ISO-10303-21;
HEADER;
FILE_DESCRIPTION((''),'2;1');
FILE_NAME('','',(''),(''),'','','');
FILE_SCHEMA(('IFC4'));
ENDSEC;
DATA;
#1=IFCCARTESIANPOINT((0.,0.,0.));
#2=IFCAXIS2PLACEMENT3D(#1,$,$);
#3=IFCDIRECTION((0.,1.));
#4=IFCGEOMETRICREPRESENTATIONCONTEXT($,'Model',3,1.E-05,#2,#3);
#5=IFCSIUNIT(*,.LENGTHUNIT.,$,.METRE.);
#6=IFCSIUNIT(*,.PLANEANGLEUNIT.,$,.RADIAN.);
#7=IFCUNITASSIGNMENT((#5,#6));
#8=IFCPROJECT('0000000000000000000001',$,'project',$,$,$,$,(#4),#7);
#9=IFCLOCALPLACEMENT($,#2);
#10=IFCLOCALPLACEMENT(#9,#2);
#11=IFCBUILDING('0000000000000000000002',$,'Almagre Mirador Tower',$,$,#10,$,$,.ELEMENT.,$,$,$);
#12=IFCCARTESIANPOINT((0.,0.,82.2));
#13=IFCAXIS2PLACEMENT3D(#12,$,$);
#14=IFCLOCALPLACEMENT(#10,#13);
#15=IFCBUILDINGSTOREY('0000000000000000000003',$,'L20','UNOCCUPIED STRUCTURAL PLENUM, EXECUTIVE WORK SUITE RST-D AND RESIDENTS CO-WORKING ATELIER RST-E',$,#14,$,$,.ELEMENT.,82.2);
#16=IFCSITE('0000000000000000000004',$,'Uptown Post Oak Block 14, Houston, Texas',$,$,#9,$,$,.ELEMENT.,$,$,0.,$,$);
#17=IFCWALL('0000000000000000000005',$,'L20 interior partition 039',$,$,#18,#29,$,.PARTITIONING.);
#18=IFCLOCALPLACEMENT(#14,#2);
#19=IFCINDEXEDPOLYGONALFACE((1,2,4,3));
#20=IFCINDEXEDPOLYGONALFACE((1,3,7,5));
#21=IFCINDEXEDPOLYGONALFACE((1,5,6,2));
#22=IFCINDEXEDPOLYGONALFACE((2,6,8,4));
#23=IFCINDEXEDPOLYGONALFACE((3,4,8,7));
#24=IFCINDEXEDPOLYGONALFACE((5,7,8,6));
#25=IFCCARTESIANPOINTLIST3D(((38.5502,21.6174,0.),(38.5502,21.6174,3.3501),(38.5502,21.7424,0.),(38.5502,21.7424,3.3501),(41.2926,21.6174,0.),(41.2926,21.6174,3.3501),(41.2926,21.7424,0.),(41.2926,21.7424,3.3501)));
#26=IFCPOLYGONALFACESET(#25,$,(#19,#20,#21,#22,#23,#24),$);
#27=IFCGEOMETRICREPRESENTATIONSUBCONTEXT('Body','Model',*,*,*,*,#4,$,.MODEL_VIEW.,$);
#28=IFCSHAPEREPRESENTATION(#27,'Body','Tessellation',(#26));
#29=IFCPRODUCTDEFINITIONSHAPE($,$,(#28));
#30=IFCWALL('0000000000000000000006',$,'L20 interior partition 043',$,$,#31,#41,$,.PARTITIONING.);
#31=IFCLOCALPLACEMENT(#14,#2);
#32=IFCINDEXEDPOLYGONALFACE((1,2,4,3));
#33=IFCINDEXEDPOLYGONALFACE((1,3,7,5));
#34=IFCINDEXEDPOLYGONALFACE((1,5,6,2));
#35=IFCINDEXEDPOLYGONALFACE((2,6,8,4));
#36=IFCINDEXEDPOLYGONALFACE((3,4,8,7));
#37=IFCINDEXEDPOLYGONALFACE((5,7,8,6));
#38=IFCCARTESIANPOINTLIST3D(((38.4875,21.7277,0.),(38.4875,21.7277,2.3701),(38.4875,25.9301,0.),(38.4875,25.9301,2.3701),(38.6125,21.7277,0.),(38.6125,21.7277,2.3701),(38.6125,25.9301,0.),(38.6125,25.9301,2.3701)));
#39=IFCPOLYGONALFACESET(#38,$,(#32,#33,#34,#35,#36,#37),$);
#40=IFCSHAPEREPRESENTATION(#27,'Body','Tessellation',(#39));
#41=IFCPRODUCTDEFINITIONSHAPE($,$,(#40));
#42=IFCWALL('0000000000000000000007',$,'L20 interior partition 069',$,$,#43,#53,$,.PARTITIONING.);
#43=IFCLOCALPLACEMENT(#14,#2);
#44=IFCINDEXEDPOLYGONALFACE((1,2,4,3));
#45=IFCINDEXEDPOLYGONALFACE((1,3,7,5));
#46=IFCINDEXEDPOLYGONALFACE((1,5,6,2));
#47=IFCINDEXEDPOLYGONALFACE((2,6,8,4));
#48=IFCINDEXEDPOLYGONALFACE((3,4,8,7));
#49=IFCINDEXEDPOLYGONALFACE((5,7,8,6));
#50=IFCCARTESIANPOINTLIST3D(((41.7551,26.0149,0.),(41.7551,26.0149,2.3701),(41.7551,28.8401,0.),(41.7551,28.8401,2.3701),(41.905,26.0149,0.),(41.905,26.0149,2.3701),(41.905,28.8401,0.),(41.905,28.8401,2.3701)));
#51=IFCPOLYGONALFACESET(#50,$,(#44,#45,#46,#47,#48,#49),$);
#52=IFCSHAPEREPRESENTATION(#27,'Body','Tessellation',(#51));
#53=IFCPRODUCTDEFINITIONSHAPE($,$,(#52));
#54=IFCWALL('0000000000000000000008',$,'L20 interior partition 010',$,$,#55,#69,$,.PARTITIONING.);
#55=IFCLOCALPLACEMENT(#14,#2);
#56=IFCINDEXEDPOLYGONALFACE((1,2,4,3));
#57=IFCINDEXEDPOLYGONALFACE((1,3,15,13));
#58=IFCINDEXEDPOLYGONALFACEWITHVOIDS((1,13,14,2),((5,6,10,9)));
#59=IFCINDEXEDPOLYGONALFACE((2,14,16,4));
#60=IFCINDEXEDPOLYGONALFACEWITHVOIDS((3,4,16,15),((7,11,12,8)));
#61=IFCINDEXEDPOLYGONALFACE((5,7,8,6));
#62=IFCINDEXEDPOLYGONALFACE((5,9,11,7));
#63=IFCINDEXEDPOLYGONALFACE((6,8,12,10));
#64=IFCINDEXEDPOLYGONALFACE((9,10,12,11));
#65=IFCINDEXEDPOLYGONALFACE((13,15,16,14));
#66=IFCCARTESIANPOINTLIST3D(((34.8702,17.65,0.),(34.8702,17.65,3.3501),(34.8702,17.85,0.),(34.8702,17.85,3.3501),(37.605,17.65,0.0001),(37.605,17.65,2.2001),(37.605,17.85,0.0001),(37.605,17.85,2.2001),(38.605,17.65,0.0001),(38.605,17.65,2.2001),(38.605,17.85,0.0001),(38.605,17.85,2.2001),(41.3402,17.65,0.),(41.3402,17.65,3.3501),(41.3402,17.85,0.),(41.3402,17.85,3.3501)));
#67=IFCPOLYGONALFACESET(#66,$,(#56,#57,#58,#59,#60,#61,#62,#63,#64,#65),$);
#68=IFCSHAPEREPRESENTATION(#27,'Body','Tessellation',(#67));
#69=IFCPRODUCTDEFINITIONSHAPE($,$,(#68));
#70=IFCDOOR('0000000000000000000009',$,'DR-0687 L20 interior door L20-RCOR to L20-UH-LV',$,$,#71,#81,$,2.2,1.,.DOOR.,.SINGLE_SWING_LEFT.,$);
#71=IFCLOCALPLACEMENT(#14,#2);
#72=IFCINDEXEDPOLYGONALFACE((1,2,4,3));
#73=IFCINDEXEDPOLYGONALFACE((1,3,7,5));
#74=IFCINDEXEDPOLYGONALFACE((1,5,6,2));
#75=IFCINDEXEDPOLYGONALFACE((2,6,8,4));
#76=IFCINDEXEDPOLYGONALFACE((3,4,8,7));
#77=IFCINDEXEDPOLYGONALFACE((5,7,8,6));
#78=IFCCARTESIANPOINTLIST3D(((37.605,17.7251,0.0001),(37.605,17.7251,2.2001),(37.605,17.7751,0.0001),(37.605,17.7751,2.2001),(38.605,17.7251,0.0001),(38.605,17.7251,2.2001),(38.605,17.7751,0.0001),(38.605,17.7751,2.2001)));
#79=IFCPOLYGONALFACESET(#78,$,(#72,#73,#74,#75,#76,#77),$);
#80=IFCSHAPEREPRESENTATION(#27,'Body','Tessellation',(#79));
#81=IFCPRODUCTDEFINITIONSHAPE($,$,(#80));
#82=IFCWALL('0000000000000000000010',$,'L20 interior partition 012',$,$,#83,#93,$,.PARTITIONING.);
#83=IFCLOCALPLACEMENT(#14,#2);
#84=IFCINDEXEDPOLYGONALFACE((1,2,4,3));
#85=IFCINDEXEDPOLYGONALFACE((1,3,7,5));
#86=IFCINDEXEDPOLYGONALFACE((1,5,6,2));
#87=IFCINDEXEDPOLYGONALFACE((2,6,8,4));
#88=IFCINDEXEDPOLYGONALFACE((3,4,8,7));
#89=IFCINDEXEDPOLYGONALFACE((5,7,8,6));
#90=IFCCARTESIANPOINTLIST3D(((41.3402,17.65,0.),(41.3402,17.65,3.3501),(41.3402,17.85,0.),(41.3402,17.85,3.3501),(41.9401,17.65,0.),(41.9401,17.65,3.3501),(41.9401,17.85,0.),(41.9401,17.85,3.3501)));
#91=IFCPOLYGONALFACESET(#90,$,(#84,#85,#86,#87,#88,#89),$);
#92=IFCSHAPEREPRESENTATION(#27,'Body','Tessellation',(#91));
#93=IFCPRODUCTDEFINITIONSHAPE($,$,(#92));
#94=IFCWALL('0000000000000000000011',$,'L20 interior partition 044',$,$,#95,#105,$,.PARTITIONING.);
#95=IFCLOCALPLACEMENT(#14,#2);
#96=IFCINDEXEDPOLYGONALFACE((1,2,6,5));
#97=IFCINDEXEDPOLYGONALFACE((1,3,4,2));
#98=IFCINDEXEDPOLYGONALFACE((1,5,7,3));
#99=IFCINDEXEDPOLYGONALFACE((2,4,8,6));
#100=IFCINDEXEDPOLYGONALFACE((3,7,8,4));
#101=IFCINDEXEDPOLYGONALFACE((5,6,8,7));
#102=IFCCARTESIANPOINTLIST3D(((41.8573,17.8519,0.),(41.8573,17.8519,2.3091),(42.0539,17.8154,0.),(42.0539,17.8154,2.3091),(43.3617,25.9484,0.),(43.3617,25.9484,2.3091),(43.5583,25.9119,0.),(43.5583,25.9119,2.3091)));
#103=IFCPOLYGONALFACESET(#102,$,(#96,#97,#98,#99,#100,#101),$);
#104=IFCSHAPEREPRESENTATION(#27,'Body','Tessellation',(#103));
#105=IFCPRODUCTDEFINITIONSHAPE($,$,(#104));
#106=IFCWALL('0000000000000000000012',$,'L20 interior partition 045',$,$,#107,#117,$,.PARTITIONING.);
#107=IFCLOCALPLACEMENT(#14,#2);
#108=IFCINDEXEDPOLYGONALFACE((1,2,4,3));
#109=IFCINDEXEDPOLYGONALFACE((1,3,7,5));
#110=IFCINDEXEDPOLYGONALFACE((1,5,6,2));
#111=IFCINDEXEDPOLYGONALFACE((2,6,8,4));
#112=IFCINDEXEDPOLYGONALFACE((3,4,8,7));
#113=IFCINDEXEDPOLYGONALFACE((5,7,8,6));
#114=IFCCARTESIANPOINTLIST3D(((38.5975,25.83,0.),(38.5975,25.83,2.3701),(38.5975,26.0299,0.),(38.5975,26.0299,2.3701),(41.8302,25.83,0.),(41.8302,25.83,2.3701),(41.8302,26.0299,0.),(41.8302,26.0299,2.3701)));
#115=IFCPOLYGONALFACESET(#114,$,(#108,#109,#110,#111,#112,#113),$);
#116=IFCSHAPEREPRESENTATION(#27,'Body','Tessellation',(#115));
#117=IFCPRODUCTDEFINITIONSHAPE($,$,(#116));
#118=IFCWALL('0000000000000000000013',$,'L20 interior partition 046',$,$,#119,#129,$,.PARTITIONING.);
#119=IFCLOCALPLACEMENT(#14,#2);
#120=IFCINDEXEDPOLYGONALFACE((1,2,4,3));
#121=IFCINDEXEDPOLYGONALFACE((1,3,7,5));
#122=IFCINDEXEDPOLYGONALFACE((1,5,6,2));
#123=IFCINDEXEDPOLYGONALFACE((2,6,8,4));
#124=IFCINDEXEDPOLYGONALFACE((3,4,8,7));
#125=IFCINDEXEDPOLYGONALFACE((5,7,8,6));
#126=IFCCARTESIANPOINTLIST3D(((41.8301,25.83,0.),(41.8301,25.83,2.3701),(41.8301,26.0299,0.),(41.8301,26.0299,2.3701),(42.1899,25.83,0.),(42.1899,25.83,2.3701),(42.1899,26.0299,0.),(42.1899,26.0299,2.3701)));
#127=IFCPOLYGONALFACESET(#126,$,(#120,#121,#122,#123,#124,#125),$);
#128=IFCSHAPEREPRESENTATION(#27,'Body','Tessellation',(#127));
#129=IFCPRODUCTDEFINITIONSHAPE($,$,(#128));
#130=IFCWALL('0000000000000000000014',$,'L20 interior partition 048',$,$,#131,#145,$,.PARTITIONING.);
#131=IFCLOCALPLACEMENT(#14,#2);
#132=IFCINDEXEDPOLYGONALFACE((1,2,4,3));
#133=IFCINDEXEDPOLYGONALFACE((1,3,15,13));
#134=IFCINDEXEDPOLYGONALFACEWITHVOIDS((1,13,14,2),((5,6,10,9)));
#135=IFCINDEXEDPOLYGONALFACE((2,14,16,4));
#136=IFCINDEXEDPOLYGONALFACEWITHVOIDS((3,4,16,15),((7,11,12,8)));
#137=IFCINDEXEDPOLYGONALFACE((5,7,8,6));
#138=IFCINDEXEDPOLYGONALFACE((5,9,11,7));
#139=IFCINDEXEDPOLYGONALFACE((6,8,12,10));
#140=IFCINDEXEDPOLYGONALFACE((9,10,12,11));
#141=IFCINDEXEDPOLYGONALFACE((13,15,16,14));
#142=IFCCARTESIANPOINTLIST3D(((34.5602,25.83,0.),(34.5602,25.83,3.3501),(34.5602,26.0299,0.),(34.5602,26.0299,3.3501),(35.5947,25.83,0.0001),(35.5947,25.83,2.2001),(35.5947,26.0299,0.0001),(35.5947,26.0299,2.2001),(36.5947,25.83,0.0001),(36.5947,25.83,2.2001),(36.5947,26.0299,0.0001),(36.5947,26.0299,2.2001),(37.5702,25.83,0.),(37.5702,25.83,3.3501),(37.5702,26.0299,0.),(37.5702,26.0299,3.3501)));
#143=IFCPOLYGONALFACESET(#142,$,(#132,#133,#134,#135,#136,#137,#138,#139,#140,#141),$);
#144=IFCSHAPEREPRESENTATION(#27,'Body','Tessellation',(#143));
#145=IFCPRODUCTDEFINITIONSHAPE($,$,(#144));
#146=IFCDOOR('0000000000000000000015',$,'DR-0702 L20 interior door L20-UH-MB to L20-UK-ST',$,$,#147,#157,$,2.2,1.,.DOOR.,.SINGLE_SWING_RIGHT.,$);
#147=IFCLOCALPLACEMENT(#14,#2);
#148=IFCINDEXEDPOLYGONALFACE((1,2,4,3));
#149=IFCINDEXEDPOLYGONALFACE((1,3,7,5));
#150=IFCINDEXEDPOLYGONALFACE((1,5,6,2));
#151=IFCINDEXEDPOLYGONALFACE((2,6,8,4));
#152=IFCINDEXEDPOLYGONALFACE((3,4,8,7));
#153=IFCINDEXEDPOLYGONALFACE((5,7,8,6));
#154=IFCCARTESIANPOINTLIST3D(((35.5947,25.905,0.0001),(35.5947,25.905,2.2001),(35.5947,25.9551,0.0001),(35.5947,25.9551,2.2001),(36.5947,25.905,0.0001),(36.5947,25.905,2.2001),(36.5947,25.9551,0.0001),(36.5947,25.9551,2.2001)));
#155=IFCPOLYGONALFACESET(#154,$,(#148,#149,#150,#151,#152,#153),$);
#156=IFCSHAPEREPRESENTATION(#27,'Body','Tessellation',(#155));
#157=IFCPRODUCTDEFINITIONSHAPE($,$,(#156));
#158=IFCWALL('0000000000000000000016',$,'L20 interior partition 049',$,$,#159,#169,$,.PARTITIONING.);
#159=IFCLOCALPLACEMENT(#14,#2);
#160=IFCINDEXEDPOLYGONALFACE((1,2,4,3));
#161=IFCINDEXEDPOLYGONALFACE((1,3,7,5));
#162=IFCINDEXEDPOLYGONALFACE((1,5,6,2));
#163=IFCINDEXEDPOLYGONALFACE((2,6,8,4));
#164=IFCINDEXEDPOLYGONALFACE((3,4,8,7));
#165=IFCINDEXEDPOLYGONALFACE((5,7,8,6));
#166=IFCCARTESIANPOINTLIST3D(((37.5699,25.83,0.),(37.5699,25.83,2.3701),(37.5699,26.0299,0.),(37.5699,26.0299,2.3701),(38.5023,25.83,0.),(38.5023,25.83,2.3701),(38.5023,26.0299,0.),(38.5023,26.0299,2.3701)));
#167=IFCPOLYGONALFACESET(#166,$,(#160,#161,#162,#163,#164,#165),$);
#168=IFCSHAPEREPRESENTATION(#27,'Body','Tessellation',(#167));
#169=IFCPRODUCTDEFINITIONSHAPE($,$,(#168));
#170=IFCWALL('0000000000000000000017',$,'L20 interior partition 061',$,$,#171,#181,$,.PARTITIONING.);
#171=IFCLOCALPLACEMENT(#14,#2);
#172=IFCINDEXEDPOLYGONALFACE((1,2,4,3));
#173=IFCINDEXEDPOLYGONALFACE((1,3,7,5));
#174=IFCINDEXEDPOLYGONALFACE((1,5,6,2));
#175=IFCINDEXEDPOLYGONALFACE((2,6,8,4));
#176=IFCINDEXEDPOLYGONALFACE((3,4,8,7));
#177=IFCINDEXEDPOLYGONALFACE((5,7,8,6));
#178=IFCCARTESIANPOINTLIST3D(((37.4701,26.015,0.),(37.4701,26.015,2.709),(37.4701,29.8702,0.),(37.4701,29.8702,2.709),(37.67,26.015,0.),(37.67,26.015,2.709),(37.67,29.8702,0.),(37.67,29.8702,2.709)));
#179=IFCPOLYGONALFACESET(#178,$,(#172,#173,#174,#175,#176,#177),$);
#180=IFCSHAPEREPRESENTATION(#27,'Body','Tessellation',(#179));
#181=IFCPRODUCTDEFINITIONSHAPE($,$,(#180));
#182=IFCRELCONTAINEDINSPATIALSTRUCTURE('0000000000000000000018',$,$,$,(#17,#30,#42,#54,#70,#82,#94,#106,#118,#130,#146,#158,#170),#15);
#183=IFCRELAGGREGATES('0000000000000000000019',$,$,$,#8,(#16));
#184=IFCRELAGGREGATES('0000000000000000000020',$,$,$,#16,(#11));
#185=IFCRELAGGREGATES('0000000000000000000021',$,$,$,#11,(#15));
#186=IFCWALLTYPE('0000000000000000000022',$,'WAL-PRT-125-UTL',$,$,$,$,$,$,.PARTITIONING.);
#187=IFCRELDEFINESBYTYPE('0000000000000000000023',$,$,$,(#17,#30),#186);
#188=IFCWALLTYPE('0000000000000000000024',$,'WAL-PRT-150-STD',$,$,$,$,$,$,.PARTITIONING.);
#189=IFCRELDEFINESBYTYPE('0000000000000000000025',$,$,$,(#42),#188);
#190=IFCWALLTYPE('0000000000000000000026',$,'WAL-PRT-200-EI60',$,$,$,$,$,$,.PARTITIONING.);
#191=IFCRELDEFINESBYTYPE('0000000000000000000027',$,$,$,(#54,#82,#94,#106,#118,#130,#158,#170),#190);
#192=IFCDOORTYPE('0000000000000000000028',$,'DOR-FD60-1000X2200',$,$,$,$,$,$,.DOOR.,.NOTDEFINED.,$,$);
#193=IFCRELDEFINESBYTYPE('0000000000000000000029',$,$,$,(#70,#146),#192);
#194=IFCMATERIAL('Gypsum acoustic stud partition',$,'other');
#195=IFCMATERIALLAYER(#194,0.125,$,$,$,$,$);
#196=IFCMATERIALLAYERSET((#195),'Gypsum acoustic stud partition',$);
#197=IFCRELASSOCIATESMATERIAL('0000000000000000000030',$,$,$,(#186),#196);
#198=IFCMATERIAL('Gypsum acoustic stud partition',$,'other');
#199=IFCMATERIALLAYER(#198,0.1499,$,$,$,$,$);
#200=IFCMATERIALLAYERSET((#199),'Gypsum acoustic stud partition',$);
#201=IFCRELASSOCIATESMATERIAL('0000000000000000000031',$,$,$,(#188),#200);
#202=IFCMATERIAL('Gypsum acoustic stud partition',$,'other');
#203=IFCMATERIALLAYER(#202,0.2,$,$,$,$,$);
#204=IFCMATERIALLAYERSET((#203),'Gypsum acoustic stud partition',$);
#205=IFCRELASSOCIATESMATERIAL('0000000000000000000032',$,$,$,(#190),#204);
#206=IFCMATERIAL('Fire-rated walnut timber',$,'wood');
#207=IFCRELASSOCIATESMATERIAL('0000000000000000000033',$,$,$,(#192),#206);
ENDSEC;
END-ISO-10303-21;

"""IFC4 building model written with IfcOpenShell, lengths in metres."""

from ifc_helpers import new_model, si_unit, direction, frame, frame_2d, origin, place, context, subcontext, project, spatial, rectangle, extrude, material, layer, layer_set, type_object, element, fill, save


model = new_model("IFC4")

# Units and contexts
model_context = context("Model", 3, precision=1e-05, world=origin(), true_north=direction((0.0, 1.0)))
body_context = subcontext(model_context, "Body", "Model", "MODEL_VIEW")
ifc_project = project(units=[si_unit("LENGTHUNIT", "METRE"), si_unit("PLANEANGLEUNIT", "RADIAN")], contexts=[model_context])

# Site, building, storey
site_placement = place(None, origin())
site = spatial("IfcSite", under=ifc_project, at=site_placement, Name="Uptown Post Oak Block 14, Houston, Texas", CompositionType="ELEMENT", RefElevation=0.0)
building_placement = place(site_placement, origin())
building = spatial("IfcBuilding", under=site, at=building_placement, Name="Almagre Mirador Tower", CompositionType="ELEMENT")
storey_placement = place(building_placement, frame((0.0, 0.0, 82.2)))
storey = spatial("IfcBuildingStorey", under=building, at=storey_placement, Name="L20", Description="UNOCCUPIED STRUCTURAL PLENUM, EXECUTIVE WORK SUITE RST-D AND RESIDENTS CO-WORKING ATELIER RST-E", CompositionType="ELEMENT", Elevation=82.2)

# Shared definitions
ifc_material_1 = material(Name="Gypsum acoustic stud partition", Category="other")
ifc_layer_1 = layer(ifc_material_1, 0.125)
ifc_layer_set_1 = layer_set([ifc_layer_1], Name="Gypsum acoustic stud partition")
wall_type_1 = type_object("IfcWallType", Name="WAL-PRT-125-UTL", PredefinedType="PARTITIONING", material=ifc_layer_set_1)

# Walls
wall_1_placement = place(storey_placement, frame((41.2925, 21.6799, 0.0), z_axis=(0.0, 0.0, 1.0), x_axis=(-1.0, 0.0, 0.0)))
element("IfcWall", 1, at=wall_1_placement, inside=storey, type_object=wall_type_1, Name="L20 interior partition 039", PredefinedType="PARTITIONING", context=body_context, shape_type="SweptSolid", body=[
    extrude(rectangle(XDim=2.7424, YDim=0.125, at=frame_2d((1.3711, 0.0))), origin(), (0.0, 0.0, 1.0), 3.3501),
])
wall_2_placement = place(storey_placement, frame((38.55, 25.9299, 0.0), z_axis=(0.0, 0.0, 1.0), x_axis=(0.0, -1.0, 0.0)))
element("IfcWall", 2, at=wall_2_placement, inside=storey, type_object=wall_type_1, Name="L20 interior partition 043", PredefinedType="PARTITIONING", context=body_context, shape_type="SweptSolid", body=[
    extrude(rectangle(XDim=4.2024, YDim=0.125, at=frame_2d((2.1011, 0.0))), origin(), (0.0, 0.0, 1.0), 2.3701),
])

# Shared definitions
ifc_material_2 = material(Name="Gypsum acoustic stud partition", Category="other")
ifc_layer_2 = layer(ifc_material_2, 0.1499)
ifc_layer_set_2 = layer_set([ifc_layer_2], Name="Gypsum acoustic stud partition")
wall_type_2 = type_object("IfcWallType", Name="WAL-PRT-150-STD", PredefinedType="PARTITIONING", material=ifc_layer_set_2)

# Wall
wall_3_placement = place(storey_placement, frame((41.8301, 26.0149, 0.0), z_axis=(0.0, 0.0, 1.0), x_axis=(0.0, 1.0, 0.0)))
element("IfcWall", 3, at=wall_3_placement, inside=storey, type_object=wall_type_2, Name="L20 interior partition 069", PredefinedType="PARTITIONING", context=body_context, shape_type="SweptSolid", body=[
    extrude(rectangle(XDim=2.8252, YDim=0.1499, at=frame_2d((1.4126, 0.0))), origin(), (0.0, 0.0, 1.0), 2.3701),
])

# Wall, opening, door
ifc_material_3 = material(Name="Gypsum acoustic stud partition", Category="other")
ifc_layer_3 = layer(ifc_material_3, 0.2)
ifc_layer_set_3 = layer_set([ifc_layer_3], Name="Gypsum acoustic stud partition")
wall_type_3 = type_object("IfcWallType", Name="WAL-PRT-200-EI60", PredefinedType="PARTITIONING", material=ifc_layer_set_3)
wall_4_placement = place(storey_placement, frame((41.3401, 17.75, 0.0), z_axis=(0.0, 0.0, 1.0), x_axis=(-1.0, 0.0, 0.0)))
wall_4 = element("IfcWall", 4, at=wall_4_placement, inside=storey, type_object=wall_type_3, Name="L20 interior partition 010", PredefinedType="PARTITIONING", context=body_context, shape_type="SweptSolid", body=[
    extrude(rectangle(XDim=6.47, YDim=0.2, at=frame_2d((3.2349, 0.0))), origin(), (0.0, 0.0, 1.0), 3.3501),
])
opening_1_placement = place(wall_4_placement, frame((2.7351, 0.0, 0.0)))
opening_1 = element("IfcOpeningElement", 5, at=opening_1_placement, cuts=wall_4, PredefinedType="OPENING", context=body_context, shape_type="SweptSolid", body=[
    extrude(rectangle(XDim=1.0, YDim=2.2, at=frame_2d((0.5, 1.1001))), frame((0.0, 0.1101, 0.0), z_axis=(0.0, -1.0, 0.0), x_axis=(1.0, 0.0, 0.0)), (0.0, 0.0, 1.0), 0.22),
])
ifc_material_4 = material(Name="Fire-rated walnut timber", Category="wood")
door_type_1 = type_object("IfcDoorType", Name="DOR-FD60-1000X2200", OperationType="NOTDEFINED", PredefinedType="DOOR", material=ifc_material_4)
door_1_placement = place(opening_1_placement, origin())
door_1 = element("IfcDoor", 6, at=door_1_placement, inside=storey, type_object=door_type_1, Name="DR-0687 L20 interior door L20-RCOR to L20-UH-LV", OperationType="SINGLE_SWING_LEFT", OverallHeight=2.2, OverallWidth=1.0, PredefinedType="DOOR", context=body_context, shape_type="SweptSolid", body=[
    extrude(rectangle(XDim=1.0, YDim=2.2, at=frame_2d((0.5, 1.1001))), frame((0.0, 0.0249, 0.0), z_axis=(0.0, -1.0, 0.0), x_axis=(1.0, 0.0, 0.0)), (0.0, 0.0, 1.0), 0.05),
])
fill(opening_1, door_1)

# Walls
wall_5_placement = place(storey_placement, frame((41.9399, 17.75, 0.0), z_axis=(0.0, 0.0, 1.0), x_axis=(-1.0, 0.0, 0.0)))
element("IfcWall", 7, at=wall_5_placement, inside=storey, type_object=wall_type_3, Name="L20 interior partition 012", PredefinedType="PARTITIONING", context=body_context, shape_type="SweptSolid", body=[
    extrude(rectangle(XDim=0.5999, YDim=0.2, at=frame_2d((0.2998, 0.0))), origin(), (0.0, 0.0, 1.0), 3.3501),
])
wall_6_placement = place(storey_placement, frame((41.9556, 17.8335, 0.0), z_axis=(0.0, 0.0, 1.0), x_axis=(0.182683, 0.983172, 0.0)))
element("IfcWall", 8, at=wall_6_placement, inside=storey, type_object=wall_type_3, Name="L20 interior partition 044", PredefinedType="PARTITIONING", context=body_context, shape_type="SweptSolid", body=[
    extrude(rectangle(XDim=8.2351, YDim=0.2, at=frame_2d((4.1177, 0.0))), origin(), (0.0, 0.0, 1.0), 2.3091),
])
wall_7_placement = place(storey_placement, frame((41.8301, 25.9299, 0.0), z_axis=(0.0, 0.0, 1.0), x_axis=(-1.0, 0.0, 0.0)))
element("IfcWall", 9, at=wall_7_placement, inside=storey, type_object=wall_type_3, Name="L20 interior partition 045", PredefinedType="PARTITIONING", context=body_context, shape_type="SweptSolid", body=[
    extrude(rectangle(XDim=3.2327, YDim=0.2, at=frame_2d((1.6162, 0.0))), origin(), (0.0, 0.0, 1.0), 2.3701),
])
wall_8_placement = place(storey_placement, frame((42.1899, 25.9299, 0.0), z_axis=(0.0, 0.0, 1.0), x_axis=(-1.0, 0.0, 0.0)))
element("IfcWall", 10, at=wall_8_placement, inside=storey, type_object=wall_type_3, Name="L20 interior partition 046", PredefinedType="PARTITIONING", context=body_context, shape_type="SweptSolid", body=[
    extrude(rectangle(XDim=0.3599, YDim=0.2, at=frame_2d((0.1799, 0.0))), origin(), (0.0, 0.0, 1.0), 2.3701),
])

# Wall, opening, door
wall_9_placement = place(storey_placement, frame((37.5701, 25.9299, 0.0), z_axis=(0.0, 0.0, 1.0), x_axis=(-1.0, 0.0, 0.0)))
wall_9 = element("IfcWall", 11, at=wall_9_placement, inside=storey, type_object=wall_type_3, Name="L20 interior partition 048", PredefinedType="PARTITIONING", context=body_context, shape_type="SweptSolid", body=[
    extrude(rectangle(XDim=3.01, YDim=0.2, at=frame_2d((1.5049, 0.0))), origin(), (0.0, 0.0, 1.0), 3.3501),
])
opening_2_placement = place(wall_9_placement, frame((0.9753, 0.0, 0.0)))
opening_2 = element("IfcOpeningElement", 12, at=opening_2_placement, cuts=wall_9, PredefinedType="OPENING", context=body_context, shape_type="SweptSolid", body=[
    extrude(rectangle(XDim=1.0, YDim=2.2, at=frame_2d((0.5, 1.1001))), frame((0.0, 0.1101, 0.0), z_axis=(0.0, -1.0, 0.0), x_axis=(1.0, 0.0, 0.0)), (0.0, 0.0, 1.0), 0.22),
])
door_2_placement = place(opening_2_placement, origin())
door_2 = element("IfcDoor", 13, at=door_2_placement, inside=storey, type_object=door_type_1, Name="DR-0702 L20 interior door L20-UH-MB to L20-UK-ST", OperationType="SINGLE_SWING_RIGHT", OverallHeight=2.2, OverallWidth=1.0, PredefinedType="DOOR", context=body_context, shape_type="SweptSolid", body=[
    extrude(rectangle(XDim=1.0, YDim=2.2, at=frame_2d((0.5, 1.1001))), frame((0.0, 0.0249, 0.0), z_axis=(0.0, -1.0, 0.0), x_axis=(1.0, 0.0, 0.0)), (0.0, 0.0, 1.0), 0.05),
])
fill(opening_2, door_2)

# Walls
wall_10_placement = place(storey_placement, frame((38.5024, 25.9299, 0.0), z_axis=(0.0, 0.0, 1.0), x_axis=(-1.0, 0.0, 0.0)))
element("IfcWall", 14, at=wall_10_placement, inside=storey, type_object=wall_type_3, Name="L20 interior partition 049", PredefinedType="PARTITIONING", context=body_context, shape_type="SweptSolid", body=[
    extrude(rectangle(XDim=0.9324, YDim=0.2, at=frame_2d((0.4663, 0.0))), origin(), (0.0, 0.0, 1.0), 2.3701),
])
wall_11_placement = place(storey_placement, frame((37.5701, 26.0149, 0.0), z_axis=(0.0, 0.0, 1.0), x_axis=(0.0, 1.0, 0.0)))
element("IfcWall", 15, at=wall_11_placement, inside=storey, type_object=wall_type_3, Name="L20 interior partition 061", PredefinedType="PARTITIONING", context=body_context, shape_type="SweptSolid", body=[
    extrude(rectangle(XDim=3.8552, YDim=0.2, at=frame_2d((1.9277, 0.0))), origin(), (0.0, 0.0, 1.0), 2.709),
])

save(model, "model.ifc")
